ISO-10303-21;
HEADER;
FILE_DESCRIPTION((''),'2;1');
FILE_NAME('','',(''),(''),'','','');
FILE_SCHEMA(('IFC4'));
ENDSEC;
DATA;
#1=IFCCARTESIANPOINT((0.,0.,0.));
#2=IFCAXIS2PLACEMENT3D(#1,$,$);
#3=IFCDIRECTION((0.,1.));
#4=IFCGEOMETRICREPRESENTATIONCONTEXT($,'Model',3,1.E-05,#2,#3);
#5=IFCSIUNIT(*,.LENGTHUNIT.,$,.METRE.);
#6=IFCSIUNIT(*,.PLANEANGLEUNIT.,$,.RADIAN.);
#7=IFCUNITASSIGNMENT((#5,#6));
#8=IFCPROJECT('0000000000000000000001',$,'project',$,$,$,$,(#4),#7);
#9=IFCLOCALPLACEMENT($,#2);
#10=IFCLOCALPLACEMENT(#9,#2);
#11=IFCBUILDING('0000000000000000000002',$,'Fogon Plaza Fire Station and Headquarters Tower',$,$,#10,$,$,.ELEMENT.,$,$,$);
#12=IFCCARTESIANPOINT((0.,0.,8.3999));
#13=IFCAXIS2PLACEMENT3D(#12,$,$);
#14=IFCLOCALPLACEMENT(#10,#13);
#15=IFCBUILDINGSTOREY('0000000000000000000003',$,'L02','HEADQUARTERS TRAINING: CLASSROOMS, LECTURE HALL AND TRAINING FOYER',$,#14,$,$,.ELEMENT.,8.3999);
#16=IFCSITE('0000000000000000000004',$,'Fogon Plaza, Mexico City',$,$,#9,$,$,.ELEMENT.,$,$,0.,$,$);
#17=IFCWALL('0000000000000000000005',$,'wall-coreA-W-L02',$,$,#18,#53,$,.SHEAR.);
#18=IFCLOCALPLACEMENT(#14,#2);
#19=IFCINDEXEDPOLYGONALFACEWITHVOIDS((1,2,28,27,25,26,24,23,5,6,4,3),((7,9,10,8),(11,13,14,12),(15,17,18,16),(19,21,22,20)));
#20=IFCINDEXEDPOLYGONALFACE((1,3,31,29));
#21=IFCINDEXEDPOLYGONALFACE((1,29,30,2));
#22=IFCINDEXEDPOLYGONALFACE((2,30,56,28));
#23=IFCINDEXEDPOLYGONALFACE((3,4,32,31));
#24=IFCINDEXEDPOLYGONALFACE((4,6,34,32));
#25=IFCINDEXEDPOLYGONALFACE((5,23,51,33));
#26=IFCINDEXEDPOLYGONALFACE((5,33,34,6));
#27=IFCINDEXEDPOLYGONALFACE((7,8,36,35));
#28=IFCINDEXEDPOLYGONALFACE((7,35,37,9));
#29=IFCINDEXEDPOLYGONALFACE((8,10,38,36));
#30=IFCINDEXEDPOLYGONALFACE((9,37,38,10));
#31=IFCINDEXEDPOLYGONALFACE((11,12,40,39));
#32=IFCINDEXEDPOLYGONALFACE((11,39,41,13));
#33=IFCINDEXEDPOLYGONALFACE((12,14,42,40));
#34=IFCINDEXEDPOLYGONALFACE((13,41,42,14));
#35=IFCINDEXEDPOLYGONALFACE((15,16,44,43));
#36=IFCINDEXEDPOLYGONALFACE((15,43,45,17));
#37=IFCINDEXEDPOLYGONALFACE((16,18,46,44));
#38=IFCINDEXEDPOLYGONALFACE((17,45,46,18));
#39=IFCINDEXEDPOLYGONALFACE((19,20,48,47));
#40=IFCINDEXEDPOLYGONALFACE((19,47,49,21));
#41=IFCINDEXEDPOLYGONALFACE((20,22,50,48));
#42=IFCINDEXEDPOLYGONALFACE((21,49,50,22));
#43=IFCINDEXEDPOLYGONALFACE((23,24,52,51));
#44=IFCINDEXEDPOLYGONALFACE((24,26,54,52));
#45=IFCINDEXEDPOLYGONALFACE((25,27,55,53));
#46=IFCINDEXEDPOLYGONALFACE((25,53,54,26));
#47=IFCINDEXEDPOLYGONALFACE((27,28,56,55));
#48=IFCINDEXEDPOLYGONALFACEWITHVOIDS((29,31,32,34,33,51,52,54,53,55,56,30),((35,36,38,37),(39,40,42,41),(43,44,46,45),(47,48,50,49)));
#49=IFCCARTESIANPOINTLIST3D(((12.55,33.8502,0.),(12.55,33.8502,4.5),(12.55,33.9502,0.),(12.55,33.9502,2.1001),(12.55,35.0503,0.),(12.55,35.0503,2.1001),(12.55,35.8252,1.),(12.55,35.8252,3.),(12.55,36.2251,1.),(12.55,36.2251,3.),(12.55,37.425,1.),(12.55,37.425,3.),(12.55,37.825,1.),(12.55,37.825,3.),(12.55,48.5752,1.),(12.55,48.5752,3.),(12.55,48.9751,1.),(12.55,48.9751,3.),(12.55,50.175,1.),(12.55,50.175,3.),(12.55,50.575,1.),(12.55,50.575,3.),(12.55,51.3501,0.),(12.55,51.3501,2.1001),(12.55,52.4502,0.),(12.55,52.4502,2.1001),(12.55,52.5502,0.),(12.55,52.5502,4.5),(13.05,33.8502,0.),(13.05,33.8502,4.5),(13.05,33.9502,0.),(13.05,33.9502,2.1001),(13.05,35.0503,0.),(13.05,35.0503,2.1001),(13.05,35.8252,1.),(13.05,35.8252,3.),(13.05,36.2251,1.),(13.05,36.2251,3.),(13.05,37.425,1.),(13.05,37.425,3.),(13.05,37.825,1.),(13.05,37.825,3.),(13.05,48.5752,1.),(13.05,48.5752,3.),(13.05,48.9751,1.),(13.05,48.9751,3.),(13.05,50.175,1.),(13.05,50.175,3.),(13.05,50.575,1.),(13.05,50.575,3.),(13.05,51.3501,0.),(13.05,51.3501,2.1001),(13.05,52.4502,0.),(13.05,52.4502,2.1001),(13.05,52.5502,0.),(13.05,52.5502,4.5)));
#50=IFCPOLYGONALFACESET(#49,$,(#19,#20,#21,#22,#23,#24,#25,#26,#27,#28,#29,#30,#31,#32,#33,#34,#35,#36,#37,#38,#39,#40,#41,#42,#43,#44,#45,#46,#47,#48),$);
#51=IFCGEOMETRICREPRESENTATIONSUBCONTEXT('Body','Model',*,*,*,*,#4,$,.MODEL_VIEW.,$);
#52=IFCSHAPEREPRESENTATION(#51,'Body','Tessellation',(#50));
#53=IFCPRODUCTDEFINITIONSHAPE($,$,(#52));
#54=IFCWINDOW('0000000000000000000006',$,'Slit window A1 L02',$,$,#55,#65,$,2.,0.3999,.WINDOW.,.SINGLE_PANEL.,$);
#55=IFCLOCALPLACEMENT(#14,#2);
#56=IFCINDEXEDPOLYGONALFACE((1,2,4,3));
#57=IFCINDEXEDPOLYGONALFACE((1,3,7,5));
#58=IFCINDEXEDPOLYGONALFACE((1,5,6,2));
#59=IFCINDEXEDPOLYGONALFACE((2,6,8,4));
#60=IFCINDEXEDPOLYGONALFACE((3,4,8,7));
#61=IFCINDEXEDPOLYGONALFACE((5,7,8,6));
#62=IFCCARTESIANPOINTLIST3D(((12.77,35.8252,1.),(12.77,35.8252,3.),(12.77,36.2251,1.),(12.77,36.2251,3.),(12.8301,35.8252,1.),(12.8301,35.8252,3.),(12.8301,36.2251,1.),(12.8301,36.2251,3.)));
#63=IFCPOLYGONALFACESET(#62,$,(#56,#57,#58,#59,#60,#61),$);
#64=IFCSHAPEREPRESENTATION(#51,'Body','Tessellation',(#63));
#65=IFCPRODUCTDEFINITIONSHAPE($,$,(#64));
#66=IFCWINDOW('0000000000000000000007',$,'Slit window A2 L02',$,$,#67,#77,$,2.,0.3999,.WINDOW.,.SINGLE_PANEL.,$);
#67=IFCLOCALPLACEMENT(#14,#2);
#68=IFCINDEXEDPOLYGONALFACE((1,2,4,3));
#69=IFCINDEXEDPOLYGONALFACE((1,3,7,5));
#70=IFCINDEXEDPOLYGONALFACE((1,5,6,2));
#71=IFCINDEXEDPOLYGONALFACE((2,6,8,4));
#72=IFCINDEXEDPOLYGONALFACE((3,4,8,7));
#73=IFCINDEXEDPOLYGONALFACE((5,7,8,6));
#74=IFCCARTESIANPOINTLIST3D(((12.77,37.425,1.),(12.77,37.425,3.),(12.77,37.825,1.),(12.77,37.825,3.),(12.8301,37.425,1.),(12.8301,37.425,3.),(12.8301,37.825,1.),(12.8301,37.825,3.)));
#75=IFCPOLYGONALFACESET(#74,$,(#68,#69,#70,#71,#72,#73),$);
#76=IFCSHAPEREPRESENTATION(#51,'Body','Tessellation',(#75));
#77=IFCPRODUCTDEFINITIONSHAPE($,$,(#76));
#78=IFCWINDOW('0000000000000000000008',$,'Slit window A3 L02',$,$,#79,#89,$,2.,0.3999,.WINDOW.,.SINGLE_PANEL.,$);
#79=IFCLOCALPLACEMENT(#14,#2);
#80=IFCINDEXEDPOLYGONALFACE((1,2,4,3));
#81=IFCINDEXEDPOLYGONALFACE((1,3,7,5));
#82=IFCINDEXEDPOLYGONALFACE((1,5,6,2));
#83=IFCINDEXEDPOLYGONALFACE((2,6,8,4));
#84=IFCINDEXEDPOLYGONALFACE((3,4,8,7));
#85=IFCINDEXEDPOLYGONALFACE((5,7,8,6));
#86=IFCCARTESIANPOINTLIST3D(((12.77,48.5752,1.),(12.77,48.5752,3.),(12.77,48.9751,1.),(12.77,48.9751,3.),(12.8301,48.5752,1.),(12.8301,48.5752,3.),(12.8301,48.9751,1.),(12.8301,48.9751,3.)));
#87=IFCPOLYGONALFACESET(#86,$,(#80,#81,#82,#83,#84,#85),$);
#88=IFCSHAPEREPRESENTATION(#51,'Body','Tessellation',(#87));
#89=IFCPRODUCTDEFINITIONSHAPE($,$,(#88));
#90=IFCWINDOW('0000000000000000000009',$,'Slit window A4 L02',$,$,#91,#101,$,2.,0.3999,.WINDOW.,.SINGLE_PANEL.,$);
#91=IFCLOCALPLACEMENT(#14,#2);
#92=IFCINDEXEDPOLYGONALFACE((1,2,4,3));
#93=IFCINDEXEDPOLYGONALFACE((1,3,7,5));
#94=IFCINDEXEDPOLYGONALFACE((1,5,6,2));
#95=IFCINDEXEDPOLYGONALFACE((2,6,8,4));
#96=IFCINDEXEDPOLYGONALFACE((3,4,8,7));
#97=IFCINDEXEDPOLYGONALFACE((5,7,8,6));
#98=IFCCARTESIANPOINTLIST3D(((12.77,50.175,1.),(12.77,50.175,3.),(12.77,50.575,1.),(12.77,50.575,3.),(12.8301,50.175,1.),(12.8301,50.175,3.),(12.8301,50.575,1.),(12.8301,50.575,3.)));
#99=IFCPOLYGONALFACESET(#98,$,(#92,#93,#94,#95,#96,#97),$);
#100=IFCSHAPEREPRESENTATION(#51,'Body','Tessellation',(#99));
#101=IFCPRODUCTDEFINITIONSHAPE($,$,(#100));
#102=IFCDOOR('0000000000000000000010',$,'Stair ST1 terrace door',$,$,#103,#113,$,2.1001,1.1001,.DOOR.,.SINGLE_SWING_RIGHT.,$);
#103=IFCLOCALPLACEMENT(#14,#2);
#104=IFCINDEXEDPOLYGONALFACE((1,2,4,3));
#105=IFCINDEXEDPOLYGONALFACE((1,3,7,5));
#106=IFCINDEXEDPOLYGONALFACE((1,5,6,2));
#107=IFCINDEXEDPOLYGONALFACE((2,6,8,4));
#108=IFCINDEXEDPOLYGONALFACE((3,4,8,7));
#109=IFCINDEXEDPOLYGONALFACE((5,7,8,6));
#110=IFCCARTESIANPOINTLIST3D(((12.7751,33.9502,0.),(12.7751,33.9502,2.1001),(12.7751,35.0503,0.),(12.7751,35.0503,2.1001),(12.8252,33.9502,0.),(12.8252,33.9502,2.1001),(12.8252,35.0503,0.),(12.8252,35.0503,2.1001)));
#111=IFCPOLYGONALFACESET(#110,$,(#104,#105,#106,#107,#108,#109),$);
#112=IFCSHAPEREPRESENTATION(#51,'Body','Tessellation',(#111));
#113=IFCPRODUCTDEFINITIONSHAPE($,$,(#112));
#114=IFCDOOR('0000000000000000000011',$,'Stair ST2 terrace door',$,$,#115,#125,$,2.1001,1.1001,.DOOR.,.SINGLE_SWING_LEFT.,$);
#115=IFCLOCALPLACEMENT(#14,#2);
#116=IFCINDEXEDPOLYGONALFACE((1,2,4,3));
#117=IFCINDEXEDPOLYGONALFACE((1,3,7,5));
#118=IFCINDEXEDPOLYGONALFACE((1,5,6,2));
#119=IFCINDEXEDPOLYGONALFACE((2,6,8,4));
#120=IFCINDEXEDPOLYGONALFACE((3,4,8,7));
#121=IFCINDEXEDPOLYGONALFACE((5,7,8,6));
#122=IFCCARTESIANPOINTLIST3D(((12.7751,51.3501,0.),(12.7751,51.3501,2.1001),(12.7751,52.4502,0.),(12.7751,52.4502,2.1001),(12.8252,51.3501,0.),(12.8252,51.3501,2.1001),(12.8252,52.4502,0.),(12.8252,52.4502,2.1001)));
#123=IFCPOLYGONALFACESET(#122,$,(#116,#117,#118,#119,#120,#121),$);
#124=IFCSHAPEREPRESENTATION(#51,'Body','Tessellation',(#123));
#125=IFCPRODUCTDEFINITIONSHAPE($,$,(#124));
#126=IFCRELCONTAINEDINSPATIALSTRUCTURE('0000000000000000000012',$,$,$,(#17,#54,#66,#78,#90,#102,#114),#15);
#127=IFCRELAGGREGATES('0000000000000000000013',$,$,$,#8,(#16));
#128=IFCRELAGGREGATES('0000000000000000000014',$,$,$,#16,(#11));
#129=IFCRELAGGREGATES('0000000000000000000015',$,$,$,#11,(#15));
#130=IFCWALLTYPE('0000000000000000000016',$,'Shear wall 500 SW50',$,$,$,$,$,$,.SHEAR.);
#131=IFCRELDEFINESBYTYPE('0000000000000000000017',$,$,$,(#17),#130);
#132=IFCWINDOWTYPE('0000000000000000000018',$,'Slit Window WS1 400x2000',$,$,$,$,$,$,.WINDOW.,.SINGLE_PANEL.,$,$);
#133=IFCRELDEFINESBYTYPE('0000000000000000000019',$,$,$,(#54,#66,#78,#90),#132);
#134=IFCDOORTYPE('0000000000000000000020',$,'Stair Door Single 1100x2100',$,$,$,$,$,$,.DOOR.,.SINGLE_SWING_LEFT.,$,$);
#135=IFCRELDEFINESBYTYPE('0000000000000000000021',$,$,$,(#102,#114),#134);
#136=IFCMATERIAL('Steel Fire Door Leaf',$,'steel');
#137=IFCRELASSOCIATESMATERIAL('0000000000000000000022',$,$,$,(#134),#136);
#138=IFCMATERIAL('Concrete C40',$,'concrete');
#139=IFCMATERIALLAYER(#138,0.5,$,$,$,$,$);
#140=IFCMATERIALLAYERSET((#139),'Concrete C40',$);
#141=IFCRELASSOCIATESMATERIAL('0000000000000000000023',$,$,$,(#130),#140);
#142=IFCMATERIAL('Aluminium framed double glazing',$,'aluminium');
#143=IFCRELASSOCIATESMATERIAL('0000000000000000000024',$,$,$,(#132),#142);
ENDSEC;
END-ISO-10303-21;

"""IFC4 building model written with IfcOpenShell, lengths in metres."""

from ifc_helpers import new_model, si_unit, direction, frame, frame_2d, origin, place, context, subcontext, project, spatial, rectangle, extrude, material, layer, layer_set, type_object, element, fill, save


model = new_model("IFC4")

# Units and contexts
model_context = context("Model", 3, precision=1e-05, world=origin(), true_north=direction((0.0, 1.0)))
body_context = subcontext(model_context, "Body", "Model", "MODEL_VIEW")
ifc_project = project(units=[si_unit("LENGTHUNIT", "METRE"), si_unit("PLANEANGLEUNIT", "RADIAN")], contexts=[model_context])

# Site, building, storey
site_placement = place(None, origin())
site = spatial("IfcSite", under=ifc_project, at=site_placement, Name="Fogon Plaza, Mexico City", CompositionType="ELEMENT", RefElevation=0.0)
building_placement = place(site_placement, origin())
building = spatial("IfcBuilding", under=site, at=building_placement, Name="Fogon Plaza Fire Station and Headquarters Tower", CompositionType="ELEMENT")
storey_placement = place(building_placement, frame((0.0, 0.0, 8.3999)))
storey = spatial("IfcBuildingStorey", under=building, at=storey_placement, Name="L02", Description="HEADQUARTERS TRAINING: CLASSROOMS, LECTURE HALL AND TRAINING FOYER", CompositionType="ELEMENT", Elevation=8.3999)

# Shared definitions
ifc_material_1 = material(Name="Steel Fire Door Leaf", Category="steel")
door_type_1 = type_object("IfcDoorType", Name="Stair Door Single 1100x2100", OperationType="SINGLE_SWING_LEFT", PredefinedType="DOOR", material=ifc_material_1)

# Shared definitions
ifc_material_2 = material(Name="Concrete C40", Category="concrete")
ifc_layer_1 = layer(ifc_material_2, 0.5)
ifc_layer_set_1 = layer_set([ifc_layer_1], Name="Concrete C40")
wall_type_1 = type_object("IfcWallType", Name="Shear wall 500 SW50", PredefinedType="SHEAR", material=ifc_layer_set_1)
ifc_material_3 = material(Name="Aluminium framed double glazing", Category="aluminium")
window_type = type_object("IfcWindowType", Name="Slit Window WS1 400x2000", PartitioningType="SINGLE_PANEL", PredefinedType="WINDOW", material=ifc_material_3)

# Wall, openings, windows, doors
wall_1_placement = place(storey_placement, frame((12.8, 33.8501, 0.0), z_axis=(0.0, 0.0, 1.0), x_axis=(0.0, 1.0, 0.0)))
wall_1 = element("IfcWall", 1, at=wall_1_placement, inside=storey, type_object=wall_type_1, Name="wall-coreA-W-L02", PredefinedType="SHEAR", context=body_context, shape_type="SweptSolid", body=[
    extrude(rectangle(XDim=18.7, YDim=0.5, at=frame_2d((9.3501, 0.0))), origin(), (0.0, 0.0, 1.0), 4.5),
])
opening_1_placement = place(wall_1_placement, frame((1.9751, 0.0, 1.0)))
opening_1 = element("IfcOpeningElement", 2, at=opening_1_placement, cuts=wall_1, PredefinedType="OPENING", context=body_context, shape_type="SweptSolid", body=[
    extrude(rectangle(XDim=0.3999, YDim=2.0, at=frame_2d((0.2, 1.0))), frame((0.0, 0.26, 0.0), z_axis=(0.0, -1.0, 0.0), x_axis=(1.0, 0.0, 0.0)), (0.0, 0.0, 1.0), 0.52),
])
opening_2_placement = place(wall_1_placement, frame((3.575, 0.0, 1.0)))
opening_2 = element("IfcOpeningElement", 3, at=opening_2_placement, cuts=wall_1, PredefinedType="OPENING", context=body_context, shape_type="SweptSolid", body=[
    extrude(rectangle(XDim=0.3999, YDim=2.0, at=frame_2d((0.2, 1.0))), frame((0.0, 0.26, 0.0), z_axis=(0.0, -1.0, 0.0), x_axis=(1.0, 0.0, 0.0)), (0.0, 0.0, 1.0), 0.52),
])
opening_3_placement = place(wall_1_placement, frame((14.7251, 0.0, 1.0)))
opening_3 = element("IfcOpeningElement", 4, at=opening_3_placement, cuts=wall_1, PredefinedType="OPENING", context=body_context, shape_type="SweptSolid", body=[
    extrude(rectangle(XDim=0.3999, YDim=2.0, at=frame_2d((0.2, 1.0))), frame((0.0, 0.26, 0.0), z_axis=(0.0, -1.0, 0.0), x_axis=(1.0, 0.0, 0.0)), (0.0, 0.0, 1.0), 0.52),
])
opening_4_placement = place(wall_1_placement, frame((16.325, 0.0, 1.0)))
opening_4 = element("IfcOpeningElement", 5, at=opening_4_placement, cuts=wall_1, PredefinedType="OPENING", context=body_context, shape_type="SweptSolid", body=[
    extrude(rectangle(XDim=0.3999, YDim=2.0, at=frame_2d((0.2, 1.0))), frame((0.0, 0.26, 0.0), z_axis=(0.0, -1.0, 0.0), x_axis=(1.0, 0.0, 0.0)), (0.0, 0.0, 1.0), 0.52),
])
opening_5_placement = place(wall_1_placement, frame((0.1001, 0.0, 0.0)))
opening_5 = element("IfcOpeningElement", 6, at=opening_5_placement, cuts=wall_1, PredefinedType="OPENING", context=body_context, shape_type="SweptSolid", body=[
    extrude(rectangle(XDim=1.1001, YDim=2.1001, at=frame_2d((0.55, 1.05))), frame((0.0, 0.26, 0.0), z_axis=(0.0, -1.0, 0.0), x_axis=(1.0, 0.0, 0.0)), (0.0, 0.0, 1.0), 0.52),
])
opening_6_placement = place(wall_1_placement, frame((17.5, 0.0, 0.0)))
opening_6 = element("IfcOpeningElement", 7, at=opening_6_placement, cuts=wall_1, PredefinedType="OPENING", context=body_context, shape_type="SweptSolid", body=[
    extrude(rectangle(XDim=1.1001, YDim=2.1001, at=frame_2d((0.55, 1.05))), frame((0.0, 0.26, 0.0), z_axis=(0.0, -1.0, 0.0), x_axis=(1.0, 0.0, 0.0)), (0.0, 0.0, 1.0), 0.52),
])
window_1_placement = place(opening_1_placement, origin())
window_1 = element("IfcWindow", 8, at=window_1_placement, inside=storey, type_object=window_type, Name="Slit window A1 L02", OverallHeight=2.0, OverallWidth=0.3999, PartitioningType="SINGLE_PANEL", PredefinedType="WINDOW", context=body_context, shape_type="SweptSolid", body=[
    extrude(rectangle(XDim=0.3999, YDim=2.0, at=frame_2d((0.2, 1.0))), frame((0.0, 0.03, 0.0), z_axis=(0.0, -1.0, 0.0), x_axis=(1.0, 0.0, 0.0)), (0.0, 0.0, 1.0), 0.0601),
])
fill(opening_1, window_1)
window_2_placement = place(opening_2_placement, origin())
window_2 = element("IfcWindow", 9, at=window_2_placement, inside=storey, type_object=window_type, Name="Slit window A2 L02", OverallHeight=2.0, OverallWidth=0.3999, PartitioningType="SINGLE_PANEL", PredefinedType="WINDOW", context=body_context, shape_type="SweptSolid", body=[
    extrude(rectangle(XDim=0.3999, YDim=2.0, at=frame_2d((0.2, 1.0))), frame((0.0, 0.03, 0.0), z_axis=(0.0, -1.0, 0.0), x_axis=(1.0, 0.0, 0.0)), (0.0, 0.0, 1.0), 0.0601),
])
fill(opening_2, window_2)
window_3_placement = place(opening_3_placement, origin())
window_3 = element("IfcWindow", 10, at=window_3_placement, inside=storey, type_object=window_type, Name="Slit window A3 L02", OverallHeight=2.0, OverallWidth=0.3999, PartitioningType="SINGLE_PANEL", PredefinedType="WINDOW", context=body_context, shape_type="SweptSolid", body=[
    extrude(rectangle(XDim=0.3999, YDim=2.0, at=frame_2d((0.2, 1.0))), frame((0.0, 0.03, 0.0), z_axis=(0.0, -1.0, 0.0), x_axis=(1.0, 0.0, 0.0)), (0.0, 0.0, 1.0), 0.0601),
])
fill(opening_3, window_3)
window_4_placement = place(opening_4_placement, origin())
window_4 = element("IfcWindow", 11, at=window_4_placement, inside=storey, type_object=window_type, Name="Slit window A4 L02", OverallHeight=2.0, OverallWidth=0.3999, PartitioningType="SINGLE_PANEL", PredefinedType="WINDOW", context=body_context, shape_type="SweptSolid", body=[
    extrude(rectangle(XDim=0.3999, YDim=2.0, at=frame_2d((0.2, 1.0))), frame((0.0, 0.03, 0.0), z_axis=(0.0, -1.0, 0.0), x_axis=(1.0, 0.0, 0.0)), (0.0, 0.0, 1.0), 0.0601),
])
fill(opening_4, window_4)
door_1_placement = place(opening_5_placement, origin())
door_1 = element("IfcDoor", 12, at=door_1_placement, inside=storey, type_object=door_type_1, Name="Stair ST1 terrace door", OperationType="SINGLE_SWING_RIGHT", OverallHeight=2.1001, OverallWidth=1.1001, PredefinedType="DOOR", context=body_context, shape_type="SweptSolid", body=[
    extrude(rectangle(XDim=1.1001, YDim=2.1001, at=frame_2d((0.55, 1.05))), frame((0.0, 0.0249, 0.0), z_axis=(0.0, -1.0, 0.0), x_axis=(1.0, 0.0, 0.0)), (0.0, 0.0, 1.0), 0.05),
])
fill(opening_5, door_1)
door_2_placement = place(opening_6_placement, origin())
door_2 = element("IfcDoor", 13, at=door_2_placement, inside=storey, type_object=door_type_1, Name="Stair ST2 terrace door", OperationType="SINGLE_SWING_LEFT", OverallHeight=2.1001, OverallWidth=1.1001, PredefinedType="DOOR", context=body_context, shape_type="SweptSolid", body=[
    extrude(rectangle(XDim=1.1001, YDim=2.1001, at=frame_2d((0.55, 1.05))), frame((0.0, 0.0249, 0.0), z_axis=(0.0, -1.0, 0.0), x_axis=(1.0, 0.0, 0.0)), (0.0, 0.0, 1.0), 0.05),
])
fill(opening_6, door_2)

save(model, "model.ifc")
